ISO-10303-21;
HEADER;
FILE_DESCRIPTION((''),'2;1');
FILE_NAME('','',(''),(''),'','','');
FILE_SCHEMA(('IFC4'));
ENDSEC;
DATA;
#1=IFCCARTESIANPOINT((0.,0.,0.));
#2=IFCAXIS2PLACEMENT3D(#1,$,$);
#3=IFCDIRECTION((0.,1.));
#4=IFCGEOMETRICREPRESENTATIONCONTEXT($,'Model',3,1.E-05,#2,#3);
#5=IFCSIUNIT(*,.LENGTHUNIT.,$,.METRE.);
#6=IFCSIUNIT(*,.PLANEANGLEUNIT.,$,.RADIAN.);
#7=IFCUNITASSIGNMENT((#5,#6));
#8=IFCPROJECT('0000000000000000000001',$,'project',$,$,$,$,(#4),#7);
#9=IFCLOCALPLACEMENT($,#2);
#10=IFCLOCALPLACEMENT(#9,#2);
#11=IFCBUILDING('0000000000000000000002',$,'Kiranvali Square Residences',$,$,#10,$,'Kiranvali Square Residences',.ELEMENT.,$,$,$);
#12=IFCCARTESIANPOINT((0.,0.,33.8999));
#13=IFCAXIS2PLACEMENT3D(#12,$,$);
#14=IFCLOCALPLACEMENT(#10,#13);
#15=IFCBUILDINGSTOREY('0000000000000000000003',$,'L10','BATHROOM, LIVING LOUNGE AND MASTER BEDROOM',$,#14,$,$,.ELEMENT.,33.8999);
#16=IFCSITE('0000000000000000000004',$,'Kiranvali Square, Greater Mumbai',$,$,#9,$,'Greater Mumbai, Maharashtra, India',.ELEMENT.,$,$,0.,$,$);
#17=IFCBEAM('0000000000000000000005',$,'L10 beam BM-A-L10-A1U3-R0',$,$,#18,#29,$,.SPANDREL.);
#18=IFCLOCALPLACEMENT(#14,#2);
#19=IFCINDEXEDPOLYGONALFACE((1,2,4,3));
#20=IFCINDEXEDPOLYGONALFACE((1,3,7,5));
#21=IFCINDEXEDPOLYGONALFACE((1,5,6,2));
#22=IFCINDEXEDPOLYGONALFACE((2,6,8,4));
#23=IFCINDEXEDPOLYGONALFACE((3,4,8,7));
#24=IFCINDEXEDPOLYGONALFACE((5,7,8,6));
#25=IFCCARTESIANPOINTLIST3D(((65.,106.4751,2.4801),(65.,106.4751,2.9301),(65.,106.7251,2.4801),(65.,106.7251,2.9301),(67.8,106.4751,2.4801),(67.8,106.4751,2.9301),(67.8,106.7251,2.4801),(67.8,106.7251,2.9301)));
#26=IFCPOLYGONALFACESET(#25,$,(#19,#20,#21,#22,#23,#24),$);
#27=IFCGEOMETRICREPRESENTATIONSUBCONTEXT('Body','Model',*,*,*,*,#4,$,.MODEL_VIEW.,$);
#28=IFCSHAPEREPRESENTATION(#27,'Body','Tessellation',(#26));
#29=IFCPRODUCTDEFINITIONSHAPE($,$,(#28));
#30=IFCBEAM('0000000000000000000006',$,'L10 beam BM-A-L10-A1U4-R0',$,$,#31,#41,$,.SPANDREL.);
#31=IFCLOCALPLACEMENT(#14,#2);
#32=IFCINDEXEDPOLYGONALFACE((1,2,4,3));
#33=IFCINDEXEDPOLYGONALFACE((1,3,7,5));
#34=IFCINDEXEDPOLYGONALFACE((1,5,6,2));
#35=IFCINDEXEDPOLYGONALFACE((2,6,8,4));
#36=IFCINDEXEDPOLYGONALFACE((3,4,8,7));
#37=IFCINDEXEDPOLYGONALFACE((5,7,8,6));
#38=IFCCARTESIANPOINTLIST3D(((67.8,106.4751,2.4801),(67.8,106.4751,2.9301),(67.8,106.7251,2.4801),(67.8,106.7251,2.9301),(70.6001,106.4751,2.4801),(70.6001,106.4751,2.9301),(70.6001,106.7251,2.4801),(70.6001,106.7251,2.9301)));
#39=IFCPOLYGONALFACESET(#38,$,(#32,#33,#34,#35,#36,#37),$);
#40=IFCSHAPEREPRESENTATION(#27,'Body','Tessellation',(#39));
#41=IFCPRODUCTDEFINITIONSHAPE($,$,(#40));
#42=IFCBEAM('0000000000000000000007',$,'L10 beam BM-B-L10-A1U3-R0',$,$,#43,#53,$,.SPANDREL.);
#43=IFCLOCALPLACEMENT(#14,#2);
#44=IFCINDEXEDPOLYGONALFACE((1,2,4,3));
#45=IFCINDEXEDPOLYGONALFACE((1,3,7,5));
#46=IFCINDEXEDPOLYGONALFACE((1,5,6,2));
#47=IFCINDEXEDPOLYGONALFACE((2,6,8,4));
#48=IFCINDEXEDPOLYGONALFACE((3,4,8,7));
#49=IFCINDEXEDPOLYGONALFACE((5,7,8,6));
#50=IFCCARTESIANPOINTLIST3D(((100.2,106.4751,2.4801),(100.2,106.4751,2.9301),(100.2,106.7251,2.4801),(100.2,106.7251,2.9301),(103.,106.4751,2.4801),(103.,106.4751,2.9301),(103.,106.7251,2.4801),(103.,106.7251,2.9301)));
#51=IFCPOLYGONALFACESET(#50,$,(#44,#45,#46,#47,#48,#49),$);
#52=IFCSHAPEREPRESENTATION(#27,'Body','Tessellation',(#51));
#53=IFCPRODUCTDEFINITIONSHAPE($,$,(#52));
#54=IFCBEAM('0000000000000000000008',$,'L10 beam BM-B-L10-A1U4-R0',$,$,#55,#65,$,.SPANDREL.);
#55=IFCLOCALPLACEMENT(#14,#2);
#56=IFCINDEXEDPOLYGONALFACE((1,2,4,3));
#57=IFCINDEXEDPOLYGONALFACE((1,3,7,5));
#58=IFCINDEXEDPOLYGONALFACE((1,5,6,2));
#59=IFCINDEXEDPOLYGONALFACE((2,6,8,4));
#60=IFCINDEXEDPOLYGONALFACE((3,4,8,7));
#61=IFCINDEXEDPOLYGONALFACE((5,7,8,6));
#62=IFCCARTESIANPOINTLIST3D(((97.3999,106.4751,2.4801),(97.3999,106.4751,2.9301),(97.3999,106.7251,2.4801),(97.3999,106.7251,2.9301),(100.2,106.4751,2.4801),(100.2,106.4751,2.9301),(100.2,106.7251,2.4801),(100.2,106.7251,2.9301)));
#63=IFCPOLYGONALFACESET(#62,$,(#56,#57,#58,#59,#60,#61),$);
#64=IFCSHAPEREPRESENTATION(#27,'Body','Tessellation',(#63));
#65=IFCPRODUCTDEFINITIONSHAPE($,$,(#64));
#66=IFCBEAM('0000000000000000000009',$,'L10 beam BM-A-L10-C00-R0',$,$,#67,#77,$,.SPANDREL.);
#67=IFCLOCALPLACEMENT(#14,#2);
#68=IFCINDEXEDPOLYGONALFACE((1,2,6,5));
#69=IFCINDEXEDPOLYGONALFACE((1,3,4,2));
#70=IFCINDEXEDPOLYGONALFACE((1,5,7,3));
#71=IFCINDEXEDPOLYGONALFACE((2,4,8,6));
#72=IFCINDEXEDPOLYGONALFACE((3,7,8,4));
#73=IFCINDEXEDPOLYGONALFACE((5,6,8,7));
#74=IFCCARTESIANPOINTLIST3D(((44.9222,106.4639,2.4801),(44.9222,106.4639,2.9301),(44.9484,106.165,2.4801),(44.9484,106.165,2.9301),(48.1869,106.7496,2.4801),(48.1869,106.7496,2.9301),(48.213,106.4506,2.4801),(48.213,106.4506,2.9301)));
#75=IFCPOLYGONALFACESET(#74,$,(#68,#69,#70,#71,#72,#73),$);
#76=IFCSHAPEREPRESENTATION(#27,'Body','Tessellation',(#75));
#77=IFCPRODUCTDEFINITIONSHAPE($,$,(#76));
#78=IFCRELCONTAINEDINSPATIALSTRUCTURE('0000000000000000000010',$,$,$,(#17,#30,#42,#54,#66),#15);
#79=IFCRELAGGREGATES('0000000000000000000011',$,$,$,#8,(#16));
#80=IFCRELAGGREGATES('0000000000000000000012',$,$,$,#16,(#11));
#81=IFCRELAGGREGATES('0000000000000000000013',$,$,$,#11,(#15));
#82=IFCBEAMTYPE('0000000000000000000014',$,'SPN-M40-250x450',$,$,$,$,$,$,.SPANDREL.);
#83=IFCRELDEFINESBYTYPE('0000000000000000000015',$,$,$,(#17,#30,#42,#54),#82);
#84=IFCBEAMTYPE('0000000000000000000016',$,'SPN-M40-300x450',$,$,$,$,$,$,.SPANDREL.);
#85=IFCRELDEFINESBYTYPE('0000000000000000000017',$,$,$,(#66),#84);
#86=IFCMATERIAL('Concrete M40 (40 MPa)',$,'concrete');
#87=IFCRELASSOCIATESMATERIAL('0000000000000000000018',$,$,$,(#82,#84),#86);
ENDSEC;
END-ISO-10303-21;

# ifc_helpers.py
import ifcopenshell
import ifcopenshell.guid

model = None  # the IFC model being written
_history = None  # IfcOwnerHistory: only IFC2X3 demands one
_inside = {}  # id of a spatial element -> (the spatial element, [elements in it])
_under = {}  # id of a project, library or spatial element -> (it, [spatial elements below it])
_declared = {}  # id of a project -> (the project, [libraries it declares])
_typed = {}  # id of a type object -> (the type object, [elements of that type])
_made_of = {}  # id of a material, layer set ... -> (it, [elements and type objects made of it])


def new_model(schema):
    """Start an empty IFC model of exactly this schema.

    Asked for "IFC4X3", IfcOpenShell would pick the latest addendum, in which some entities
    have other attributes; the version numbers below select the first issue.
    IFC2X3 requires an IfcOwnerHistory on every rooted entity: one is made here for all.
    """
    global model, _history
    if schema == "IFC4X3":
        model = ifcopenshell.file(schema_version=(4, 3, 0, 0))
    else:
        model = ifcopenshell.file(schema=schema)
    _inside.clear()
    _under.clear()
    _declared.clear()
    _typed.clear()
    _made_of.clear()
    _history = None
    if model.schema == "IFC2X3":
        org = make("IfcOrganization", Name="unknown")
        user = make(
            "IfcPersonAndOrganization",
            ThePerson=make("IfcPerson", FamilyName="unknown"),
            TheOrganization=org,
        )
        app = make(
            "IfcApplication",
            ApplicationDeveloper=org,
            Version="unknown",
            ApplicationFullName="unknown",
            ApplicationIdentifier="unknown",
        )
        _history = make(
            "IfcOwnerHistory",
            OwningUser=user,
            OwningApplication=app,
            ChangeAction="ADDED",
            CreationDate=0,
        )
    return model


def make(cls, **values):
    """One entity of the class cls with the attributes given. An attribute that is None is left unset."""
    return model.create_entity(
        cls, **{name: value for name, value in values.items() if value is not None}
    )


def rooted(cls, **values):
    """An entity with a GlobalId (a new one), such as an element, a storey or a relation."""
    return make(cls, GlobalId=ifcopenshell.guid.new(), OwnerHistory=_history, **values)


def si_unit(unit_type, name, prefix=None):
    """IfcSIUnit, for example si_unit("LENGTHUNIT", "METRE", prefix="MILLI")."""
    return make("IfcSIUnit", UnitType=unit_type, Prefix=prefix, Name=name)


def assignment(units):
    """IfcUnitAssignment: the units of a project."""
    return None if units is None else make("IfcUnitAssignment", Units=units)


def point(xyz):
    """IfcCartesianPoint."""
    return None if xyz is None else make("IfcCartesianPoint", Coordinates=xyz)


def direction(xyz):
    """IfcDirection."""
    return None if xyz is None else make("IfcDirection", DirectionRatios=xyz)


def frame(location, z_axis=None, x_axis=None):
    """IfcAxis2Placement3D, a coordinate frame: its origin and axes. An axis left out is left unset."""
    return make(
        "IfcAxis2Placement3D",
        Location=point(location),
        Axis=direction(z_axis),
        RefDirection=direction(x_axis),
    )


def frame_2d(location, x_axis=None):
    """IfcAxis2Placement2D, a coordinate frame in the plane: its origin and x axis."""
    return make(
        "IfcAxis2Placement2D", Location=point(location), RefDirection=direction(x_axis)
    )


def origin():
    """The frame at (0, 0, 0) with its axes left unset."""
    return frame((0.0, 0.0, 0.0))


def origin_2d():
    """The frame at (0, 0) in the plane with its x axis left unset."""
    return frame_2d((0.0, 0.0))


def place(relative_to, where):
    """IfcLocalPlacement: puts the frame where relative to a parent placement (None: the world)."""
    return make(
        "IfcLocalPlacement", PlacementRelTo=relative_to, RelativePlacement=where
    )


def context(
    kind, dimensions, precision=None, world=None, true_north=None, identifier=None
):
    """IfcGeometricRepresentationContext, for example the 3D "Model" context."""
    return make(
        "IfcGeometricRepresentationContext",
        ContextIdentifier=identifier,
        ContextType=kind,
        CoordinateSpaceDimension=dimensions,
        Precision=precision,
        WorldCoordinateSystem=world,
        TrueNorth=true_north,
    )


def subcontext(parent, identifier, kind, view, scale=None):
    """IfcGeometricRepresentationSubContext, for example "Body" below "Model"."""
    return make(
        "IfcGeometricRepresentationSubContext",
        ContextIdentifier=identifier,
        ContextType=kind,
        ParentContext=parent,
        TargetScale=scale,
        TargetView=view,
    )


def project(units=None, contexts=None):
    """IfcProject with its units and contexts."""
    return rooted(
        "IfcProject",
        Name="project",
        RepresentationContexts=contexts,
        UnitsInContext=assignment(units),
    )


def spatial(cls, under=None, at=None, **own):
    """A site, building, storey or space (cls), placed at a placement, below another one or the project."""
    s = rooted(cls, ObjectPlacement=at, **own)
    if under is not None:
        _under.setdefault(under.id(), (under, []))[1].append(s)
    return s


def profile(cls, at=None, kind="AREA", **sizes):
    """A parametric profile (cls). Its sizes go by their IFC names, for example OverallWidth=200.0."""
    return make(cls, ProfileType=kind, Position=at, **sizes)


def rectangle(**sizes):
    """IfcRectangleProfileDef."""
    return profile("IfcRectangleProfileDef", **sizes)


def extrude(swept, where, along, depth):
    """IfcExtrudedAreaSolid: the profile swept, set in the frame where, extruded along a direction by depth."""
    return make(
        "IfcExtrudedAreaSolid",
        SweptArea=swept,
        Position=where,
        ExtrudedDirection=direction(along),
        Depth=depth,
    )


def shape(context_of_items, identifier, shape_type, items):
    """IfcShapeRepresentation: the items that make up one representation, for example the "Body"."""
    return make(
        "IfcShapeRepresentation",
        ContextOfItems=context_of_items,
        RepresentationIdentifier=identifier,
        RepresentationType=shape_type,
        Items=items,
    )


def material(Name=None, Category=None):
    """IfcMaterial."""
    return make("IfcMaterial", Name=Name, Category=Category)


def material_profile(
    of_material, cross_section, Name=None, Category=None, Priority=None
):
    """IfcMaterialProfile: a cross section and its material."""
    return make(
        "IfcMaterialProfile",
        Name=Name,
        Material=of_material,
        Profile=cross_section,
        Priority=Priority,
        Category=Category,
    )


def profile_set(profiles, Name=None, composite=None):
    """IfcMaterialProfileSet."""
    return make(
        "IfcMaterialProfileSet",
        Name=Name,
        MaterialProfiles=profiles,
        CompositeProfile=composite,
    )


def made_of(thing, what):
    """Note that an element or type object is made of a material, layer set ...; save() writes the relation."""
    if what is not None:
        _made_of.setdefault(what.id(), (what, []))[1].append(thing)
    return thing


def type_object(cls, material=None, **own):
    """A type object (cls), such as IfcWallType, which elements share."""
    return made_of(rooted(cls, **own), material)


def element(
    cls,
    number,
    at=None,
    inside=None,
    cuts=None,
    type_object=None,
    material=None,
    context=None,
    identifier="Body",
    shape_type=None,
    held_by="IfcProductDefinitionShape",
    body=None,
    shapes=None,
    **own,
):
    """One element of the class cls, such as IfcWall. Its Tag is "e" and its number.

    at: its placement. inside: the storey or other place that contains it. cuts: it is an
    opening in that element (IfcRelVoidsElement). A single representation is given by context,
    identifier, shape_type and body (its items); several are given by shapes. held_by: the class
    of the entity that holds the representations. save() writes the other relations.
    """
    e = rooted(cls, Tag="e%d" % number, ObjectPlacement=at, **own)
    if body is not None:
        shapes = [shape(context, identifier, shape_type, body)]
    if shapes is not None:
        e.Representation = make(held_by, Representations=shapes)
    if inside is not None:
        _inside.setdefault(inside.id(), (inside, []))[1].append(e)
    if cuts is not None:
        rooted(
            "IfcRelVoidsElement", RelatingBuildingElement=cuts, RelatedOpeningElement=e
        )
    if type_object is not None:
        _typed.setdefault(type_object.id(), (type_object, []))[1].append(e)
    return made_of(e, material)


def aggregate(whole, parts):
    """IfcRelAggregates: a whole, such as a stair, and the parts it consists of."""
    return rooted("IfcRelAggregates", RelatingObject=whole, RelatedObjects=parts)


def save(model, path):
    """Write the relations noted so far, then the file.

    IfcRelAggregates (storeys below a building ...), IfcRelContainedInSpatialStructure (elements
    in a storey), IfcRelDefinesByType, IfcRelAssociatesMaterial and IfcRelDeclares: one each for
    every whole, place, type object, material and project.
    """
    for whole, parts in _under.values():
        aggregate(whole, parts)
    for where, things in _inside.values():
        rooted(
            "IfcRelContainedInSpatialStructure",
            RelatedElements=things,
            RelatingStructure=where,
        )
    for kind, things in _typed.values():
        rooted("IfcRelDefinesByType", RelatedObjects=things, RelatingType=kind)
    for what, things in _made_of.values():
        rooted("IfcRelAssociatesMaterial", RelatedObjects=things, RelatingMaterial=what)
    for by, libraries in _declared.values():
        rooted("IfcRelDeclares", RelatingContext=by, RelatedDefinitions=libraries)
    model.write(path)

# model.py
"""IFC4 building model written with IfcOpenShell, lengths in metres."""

from ifc_helpers import new_model, si_unit, direction, frame, origin, origin_2d, place, context, subcontext, project, spatial, rectangle, extrude, material, material_profile, profile_set, type_object, element, save


model = new_model("IFC4")

# Units and contexts
model_context = context("Model", 3, precision=1e-05, world=origin(), true_north=direction((0.0, 1.0)))
body_context = subcontext(model_context, "Body", "Model", "MODEL_VIEW")
ifc_project = project(units=[si_unit("LENGTHUNIT", "METRE"), si_unit("PLANEANGLEUNIT", "RADIAN")], contexts=[model_context])

# Site, building, storey
site_placement = place(None, origin())
site = spatial("IfcSite", under=ifc_project, at=site_placement, Name="Kiranvali Square, Greater Mumbai", LongName="Greater Mumbai, Maharashtra, India", CompositionType="ELEMENT", RefElevation=0.0)
building_placement = place(site_placement, origin())
building = spatial("IfcBuilding", under=site, at=building_placement, Name="Kiranvali Square Residences", LongName="Kiranvali Square Residences", CompositionType="ELEMENT")
storey_placement = place(building_placement, frame((0.0, 0.0, 33.8999)))
storey = spatial("IfcBuildingStorey", under=building, at=storey_placement, Name="L10", Description="BATHROOM, LIVING LOUNGE AND MASTER BEDROOM", CompositionType="ELEMENT", Elevation=33.8999)

# Shared definitions
ifc_material = material(Name="Concrete M40 (40 MPa)", Category="concrete")

# Beams
ifc_material_profile_1 = material_profile(ifc_material, rectangle(XDim=0.25, YDim=0.45, at=origin_2d()), Name="RC 250x450")
ifc_profile_set_1 = profile_set([ifc_material_profile_1], Name="Concrete M40 (40 MPa)")
beam_type_1 = type_object("IfcBeamType", Name="SPN-M40-250x450", PredefinedType="SPANDREL", material=ifc_profile_set_1)
for number, where, z_axis, x_axis, name in (
    (1, (65.0, 106.6001, 2.7051), (1.0, 0.0, 0.0), (0.0, 1.0, 0.0), "L10 beam BM-A-L10-A1U3-R0"),
    (2, (67.8, 106.6001, 2.7051), (1.0, 0.0, 0.0), (0.0, 1.0, 0.0), "L10 beam BM-A-L10-A1U4-R0"),
    (3, (103.0, 106.6001, 2.7051), (-1.0, 0.0, 0.0), (0.0, -1.0, 0.0), "L10 beam BM-B-L10-A1U3-R0"),
    (4, (100.2, 106.6001, 2.7051), (-1.0, 0.0, 0.0), (0.0, -1.0, 0.0), "L10 beam BM-B-L10-A1U4-R0"),
):
    element("IfcBeam", number, at=place(storey_placement, frame(where, z_axis=z_axis, x_axis=x_axis)), inside=storey, type_object=beam_type_1, Name=name, PredefinedType="SPANDREL", context=body_context, shape_type="SweptSolid", body=[
        extrude(rectangle(XDim=0.25, YDim=0.45, at=origin_2d()), origin(), (0.0, 0.0, 1.0), 2.8),
    ])
ifc_material_profile_2 = material_profile(ifc_material, rectangle(XDim=0.3, YDim=0.45, at=origin_2d()), Name="RC 300x450")
ifc_profile_set_2 = profile_set([ifc_material_profile_2], Name="Concrete M40 (40 MPa)")
beam_type_2 = type_object("IfcBeamType", Name="SPN-M40-300x450", PredefinedType="SPANDREL", material=ifc_profile_set_2)
beam_1_placement = place(storey_placement, frame((48.2, 106.6001, 2.7051), z_axis=(-0.996194, -0.087163, 0.0), x_axis=(0.087163, -0.996194, 0.0)))
element("IfcBeam", 5, at=beam_1_placement, inside=storey, type_object=beam_type_2, Name="L10 beam BM-A-L10-C00-R0", PredefinedType="SPANDREL", context=body_context, shape_type="SweptSolid", body=[
    extrude(rectangle(XDim=0.3, YDim=0.45, at=origin_2d()), origin(), (0.0, 0.0, 1.0), 3.2771),
])

save(model, "model.ifc")
